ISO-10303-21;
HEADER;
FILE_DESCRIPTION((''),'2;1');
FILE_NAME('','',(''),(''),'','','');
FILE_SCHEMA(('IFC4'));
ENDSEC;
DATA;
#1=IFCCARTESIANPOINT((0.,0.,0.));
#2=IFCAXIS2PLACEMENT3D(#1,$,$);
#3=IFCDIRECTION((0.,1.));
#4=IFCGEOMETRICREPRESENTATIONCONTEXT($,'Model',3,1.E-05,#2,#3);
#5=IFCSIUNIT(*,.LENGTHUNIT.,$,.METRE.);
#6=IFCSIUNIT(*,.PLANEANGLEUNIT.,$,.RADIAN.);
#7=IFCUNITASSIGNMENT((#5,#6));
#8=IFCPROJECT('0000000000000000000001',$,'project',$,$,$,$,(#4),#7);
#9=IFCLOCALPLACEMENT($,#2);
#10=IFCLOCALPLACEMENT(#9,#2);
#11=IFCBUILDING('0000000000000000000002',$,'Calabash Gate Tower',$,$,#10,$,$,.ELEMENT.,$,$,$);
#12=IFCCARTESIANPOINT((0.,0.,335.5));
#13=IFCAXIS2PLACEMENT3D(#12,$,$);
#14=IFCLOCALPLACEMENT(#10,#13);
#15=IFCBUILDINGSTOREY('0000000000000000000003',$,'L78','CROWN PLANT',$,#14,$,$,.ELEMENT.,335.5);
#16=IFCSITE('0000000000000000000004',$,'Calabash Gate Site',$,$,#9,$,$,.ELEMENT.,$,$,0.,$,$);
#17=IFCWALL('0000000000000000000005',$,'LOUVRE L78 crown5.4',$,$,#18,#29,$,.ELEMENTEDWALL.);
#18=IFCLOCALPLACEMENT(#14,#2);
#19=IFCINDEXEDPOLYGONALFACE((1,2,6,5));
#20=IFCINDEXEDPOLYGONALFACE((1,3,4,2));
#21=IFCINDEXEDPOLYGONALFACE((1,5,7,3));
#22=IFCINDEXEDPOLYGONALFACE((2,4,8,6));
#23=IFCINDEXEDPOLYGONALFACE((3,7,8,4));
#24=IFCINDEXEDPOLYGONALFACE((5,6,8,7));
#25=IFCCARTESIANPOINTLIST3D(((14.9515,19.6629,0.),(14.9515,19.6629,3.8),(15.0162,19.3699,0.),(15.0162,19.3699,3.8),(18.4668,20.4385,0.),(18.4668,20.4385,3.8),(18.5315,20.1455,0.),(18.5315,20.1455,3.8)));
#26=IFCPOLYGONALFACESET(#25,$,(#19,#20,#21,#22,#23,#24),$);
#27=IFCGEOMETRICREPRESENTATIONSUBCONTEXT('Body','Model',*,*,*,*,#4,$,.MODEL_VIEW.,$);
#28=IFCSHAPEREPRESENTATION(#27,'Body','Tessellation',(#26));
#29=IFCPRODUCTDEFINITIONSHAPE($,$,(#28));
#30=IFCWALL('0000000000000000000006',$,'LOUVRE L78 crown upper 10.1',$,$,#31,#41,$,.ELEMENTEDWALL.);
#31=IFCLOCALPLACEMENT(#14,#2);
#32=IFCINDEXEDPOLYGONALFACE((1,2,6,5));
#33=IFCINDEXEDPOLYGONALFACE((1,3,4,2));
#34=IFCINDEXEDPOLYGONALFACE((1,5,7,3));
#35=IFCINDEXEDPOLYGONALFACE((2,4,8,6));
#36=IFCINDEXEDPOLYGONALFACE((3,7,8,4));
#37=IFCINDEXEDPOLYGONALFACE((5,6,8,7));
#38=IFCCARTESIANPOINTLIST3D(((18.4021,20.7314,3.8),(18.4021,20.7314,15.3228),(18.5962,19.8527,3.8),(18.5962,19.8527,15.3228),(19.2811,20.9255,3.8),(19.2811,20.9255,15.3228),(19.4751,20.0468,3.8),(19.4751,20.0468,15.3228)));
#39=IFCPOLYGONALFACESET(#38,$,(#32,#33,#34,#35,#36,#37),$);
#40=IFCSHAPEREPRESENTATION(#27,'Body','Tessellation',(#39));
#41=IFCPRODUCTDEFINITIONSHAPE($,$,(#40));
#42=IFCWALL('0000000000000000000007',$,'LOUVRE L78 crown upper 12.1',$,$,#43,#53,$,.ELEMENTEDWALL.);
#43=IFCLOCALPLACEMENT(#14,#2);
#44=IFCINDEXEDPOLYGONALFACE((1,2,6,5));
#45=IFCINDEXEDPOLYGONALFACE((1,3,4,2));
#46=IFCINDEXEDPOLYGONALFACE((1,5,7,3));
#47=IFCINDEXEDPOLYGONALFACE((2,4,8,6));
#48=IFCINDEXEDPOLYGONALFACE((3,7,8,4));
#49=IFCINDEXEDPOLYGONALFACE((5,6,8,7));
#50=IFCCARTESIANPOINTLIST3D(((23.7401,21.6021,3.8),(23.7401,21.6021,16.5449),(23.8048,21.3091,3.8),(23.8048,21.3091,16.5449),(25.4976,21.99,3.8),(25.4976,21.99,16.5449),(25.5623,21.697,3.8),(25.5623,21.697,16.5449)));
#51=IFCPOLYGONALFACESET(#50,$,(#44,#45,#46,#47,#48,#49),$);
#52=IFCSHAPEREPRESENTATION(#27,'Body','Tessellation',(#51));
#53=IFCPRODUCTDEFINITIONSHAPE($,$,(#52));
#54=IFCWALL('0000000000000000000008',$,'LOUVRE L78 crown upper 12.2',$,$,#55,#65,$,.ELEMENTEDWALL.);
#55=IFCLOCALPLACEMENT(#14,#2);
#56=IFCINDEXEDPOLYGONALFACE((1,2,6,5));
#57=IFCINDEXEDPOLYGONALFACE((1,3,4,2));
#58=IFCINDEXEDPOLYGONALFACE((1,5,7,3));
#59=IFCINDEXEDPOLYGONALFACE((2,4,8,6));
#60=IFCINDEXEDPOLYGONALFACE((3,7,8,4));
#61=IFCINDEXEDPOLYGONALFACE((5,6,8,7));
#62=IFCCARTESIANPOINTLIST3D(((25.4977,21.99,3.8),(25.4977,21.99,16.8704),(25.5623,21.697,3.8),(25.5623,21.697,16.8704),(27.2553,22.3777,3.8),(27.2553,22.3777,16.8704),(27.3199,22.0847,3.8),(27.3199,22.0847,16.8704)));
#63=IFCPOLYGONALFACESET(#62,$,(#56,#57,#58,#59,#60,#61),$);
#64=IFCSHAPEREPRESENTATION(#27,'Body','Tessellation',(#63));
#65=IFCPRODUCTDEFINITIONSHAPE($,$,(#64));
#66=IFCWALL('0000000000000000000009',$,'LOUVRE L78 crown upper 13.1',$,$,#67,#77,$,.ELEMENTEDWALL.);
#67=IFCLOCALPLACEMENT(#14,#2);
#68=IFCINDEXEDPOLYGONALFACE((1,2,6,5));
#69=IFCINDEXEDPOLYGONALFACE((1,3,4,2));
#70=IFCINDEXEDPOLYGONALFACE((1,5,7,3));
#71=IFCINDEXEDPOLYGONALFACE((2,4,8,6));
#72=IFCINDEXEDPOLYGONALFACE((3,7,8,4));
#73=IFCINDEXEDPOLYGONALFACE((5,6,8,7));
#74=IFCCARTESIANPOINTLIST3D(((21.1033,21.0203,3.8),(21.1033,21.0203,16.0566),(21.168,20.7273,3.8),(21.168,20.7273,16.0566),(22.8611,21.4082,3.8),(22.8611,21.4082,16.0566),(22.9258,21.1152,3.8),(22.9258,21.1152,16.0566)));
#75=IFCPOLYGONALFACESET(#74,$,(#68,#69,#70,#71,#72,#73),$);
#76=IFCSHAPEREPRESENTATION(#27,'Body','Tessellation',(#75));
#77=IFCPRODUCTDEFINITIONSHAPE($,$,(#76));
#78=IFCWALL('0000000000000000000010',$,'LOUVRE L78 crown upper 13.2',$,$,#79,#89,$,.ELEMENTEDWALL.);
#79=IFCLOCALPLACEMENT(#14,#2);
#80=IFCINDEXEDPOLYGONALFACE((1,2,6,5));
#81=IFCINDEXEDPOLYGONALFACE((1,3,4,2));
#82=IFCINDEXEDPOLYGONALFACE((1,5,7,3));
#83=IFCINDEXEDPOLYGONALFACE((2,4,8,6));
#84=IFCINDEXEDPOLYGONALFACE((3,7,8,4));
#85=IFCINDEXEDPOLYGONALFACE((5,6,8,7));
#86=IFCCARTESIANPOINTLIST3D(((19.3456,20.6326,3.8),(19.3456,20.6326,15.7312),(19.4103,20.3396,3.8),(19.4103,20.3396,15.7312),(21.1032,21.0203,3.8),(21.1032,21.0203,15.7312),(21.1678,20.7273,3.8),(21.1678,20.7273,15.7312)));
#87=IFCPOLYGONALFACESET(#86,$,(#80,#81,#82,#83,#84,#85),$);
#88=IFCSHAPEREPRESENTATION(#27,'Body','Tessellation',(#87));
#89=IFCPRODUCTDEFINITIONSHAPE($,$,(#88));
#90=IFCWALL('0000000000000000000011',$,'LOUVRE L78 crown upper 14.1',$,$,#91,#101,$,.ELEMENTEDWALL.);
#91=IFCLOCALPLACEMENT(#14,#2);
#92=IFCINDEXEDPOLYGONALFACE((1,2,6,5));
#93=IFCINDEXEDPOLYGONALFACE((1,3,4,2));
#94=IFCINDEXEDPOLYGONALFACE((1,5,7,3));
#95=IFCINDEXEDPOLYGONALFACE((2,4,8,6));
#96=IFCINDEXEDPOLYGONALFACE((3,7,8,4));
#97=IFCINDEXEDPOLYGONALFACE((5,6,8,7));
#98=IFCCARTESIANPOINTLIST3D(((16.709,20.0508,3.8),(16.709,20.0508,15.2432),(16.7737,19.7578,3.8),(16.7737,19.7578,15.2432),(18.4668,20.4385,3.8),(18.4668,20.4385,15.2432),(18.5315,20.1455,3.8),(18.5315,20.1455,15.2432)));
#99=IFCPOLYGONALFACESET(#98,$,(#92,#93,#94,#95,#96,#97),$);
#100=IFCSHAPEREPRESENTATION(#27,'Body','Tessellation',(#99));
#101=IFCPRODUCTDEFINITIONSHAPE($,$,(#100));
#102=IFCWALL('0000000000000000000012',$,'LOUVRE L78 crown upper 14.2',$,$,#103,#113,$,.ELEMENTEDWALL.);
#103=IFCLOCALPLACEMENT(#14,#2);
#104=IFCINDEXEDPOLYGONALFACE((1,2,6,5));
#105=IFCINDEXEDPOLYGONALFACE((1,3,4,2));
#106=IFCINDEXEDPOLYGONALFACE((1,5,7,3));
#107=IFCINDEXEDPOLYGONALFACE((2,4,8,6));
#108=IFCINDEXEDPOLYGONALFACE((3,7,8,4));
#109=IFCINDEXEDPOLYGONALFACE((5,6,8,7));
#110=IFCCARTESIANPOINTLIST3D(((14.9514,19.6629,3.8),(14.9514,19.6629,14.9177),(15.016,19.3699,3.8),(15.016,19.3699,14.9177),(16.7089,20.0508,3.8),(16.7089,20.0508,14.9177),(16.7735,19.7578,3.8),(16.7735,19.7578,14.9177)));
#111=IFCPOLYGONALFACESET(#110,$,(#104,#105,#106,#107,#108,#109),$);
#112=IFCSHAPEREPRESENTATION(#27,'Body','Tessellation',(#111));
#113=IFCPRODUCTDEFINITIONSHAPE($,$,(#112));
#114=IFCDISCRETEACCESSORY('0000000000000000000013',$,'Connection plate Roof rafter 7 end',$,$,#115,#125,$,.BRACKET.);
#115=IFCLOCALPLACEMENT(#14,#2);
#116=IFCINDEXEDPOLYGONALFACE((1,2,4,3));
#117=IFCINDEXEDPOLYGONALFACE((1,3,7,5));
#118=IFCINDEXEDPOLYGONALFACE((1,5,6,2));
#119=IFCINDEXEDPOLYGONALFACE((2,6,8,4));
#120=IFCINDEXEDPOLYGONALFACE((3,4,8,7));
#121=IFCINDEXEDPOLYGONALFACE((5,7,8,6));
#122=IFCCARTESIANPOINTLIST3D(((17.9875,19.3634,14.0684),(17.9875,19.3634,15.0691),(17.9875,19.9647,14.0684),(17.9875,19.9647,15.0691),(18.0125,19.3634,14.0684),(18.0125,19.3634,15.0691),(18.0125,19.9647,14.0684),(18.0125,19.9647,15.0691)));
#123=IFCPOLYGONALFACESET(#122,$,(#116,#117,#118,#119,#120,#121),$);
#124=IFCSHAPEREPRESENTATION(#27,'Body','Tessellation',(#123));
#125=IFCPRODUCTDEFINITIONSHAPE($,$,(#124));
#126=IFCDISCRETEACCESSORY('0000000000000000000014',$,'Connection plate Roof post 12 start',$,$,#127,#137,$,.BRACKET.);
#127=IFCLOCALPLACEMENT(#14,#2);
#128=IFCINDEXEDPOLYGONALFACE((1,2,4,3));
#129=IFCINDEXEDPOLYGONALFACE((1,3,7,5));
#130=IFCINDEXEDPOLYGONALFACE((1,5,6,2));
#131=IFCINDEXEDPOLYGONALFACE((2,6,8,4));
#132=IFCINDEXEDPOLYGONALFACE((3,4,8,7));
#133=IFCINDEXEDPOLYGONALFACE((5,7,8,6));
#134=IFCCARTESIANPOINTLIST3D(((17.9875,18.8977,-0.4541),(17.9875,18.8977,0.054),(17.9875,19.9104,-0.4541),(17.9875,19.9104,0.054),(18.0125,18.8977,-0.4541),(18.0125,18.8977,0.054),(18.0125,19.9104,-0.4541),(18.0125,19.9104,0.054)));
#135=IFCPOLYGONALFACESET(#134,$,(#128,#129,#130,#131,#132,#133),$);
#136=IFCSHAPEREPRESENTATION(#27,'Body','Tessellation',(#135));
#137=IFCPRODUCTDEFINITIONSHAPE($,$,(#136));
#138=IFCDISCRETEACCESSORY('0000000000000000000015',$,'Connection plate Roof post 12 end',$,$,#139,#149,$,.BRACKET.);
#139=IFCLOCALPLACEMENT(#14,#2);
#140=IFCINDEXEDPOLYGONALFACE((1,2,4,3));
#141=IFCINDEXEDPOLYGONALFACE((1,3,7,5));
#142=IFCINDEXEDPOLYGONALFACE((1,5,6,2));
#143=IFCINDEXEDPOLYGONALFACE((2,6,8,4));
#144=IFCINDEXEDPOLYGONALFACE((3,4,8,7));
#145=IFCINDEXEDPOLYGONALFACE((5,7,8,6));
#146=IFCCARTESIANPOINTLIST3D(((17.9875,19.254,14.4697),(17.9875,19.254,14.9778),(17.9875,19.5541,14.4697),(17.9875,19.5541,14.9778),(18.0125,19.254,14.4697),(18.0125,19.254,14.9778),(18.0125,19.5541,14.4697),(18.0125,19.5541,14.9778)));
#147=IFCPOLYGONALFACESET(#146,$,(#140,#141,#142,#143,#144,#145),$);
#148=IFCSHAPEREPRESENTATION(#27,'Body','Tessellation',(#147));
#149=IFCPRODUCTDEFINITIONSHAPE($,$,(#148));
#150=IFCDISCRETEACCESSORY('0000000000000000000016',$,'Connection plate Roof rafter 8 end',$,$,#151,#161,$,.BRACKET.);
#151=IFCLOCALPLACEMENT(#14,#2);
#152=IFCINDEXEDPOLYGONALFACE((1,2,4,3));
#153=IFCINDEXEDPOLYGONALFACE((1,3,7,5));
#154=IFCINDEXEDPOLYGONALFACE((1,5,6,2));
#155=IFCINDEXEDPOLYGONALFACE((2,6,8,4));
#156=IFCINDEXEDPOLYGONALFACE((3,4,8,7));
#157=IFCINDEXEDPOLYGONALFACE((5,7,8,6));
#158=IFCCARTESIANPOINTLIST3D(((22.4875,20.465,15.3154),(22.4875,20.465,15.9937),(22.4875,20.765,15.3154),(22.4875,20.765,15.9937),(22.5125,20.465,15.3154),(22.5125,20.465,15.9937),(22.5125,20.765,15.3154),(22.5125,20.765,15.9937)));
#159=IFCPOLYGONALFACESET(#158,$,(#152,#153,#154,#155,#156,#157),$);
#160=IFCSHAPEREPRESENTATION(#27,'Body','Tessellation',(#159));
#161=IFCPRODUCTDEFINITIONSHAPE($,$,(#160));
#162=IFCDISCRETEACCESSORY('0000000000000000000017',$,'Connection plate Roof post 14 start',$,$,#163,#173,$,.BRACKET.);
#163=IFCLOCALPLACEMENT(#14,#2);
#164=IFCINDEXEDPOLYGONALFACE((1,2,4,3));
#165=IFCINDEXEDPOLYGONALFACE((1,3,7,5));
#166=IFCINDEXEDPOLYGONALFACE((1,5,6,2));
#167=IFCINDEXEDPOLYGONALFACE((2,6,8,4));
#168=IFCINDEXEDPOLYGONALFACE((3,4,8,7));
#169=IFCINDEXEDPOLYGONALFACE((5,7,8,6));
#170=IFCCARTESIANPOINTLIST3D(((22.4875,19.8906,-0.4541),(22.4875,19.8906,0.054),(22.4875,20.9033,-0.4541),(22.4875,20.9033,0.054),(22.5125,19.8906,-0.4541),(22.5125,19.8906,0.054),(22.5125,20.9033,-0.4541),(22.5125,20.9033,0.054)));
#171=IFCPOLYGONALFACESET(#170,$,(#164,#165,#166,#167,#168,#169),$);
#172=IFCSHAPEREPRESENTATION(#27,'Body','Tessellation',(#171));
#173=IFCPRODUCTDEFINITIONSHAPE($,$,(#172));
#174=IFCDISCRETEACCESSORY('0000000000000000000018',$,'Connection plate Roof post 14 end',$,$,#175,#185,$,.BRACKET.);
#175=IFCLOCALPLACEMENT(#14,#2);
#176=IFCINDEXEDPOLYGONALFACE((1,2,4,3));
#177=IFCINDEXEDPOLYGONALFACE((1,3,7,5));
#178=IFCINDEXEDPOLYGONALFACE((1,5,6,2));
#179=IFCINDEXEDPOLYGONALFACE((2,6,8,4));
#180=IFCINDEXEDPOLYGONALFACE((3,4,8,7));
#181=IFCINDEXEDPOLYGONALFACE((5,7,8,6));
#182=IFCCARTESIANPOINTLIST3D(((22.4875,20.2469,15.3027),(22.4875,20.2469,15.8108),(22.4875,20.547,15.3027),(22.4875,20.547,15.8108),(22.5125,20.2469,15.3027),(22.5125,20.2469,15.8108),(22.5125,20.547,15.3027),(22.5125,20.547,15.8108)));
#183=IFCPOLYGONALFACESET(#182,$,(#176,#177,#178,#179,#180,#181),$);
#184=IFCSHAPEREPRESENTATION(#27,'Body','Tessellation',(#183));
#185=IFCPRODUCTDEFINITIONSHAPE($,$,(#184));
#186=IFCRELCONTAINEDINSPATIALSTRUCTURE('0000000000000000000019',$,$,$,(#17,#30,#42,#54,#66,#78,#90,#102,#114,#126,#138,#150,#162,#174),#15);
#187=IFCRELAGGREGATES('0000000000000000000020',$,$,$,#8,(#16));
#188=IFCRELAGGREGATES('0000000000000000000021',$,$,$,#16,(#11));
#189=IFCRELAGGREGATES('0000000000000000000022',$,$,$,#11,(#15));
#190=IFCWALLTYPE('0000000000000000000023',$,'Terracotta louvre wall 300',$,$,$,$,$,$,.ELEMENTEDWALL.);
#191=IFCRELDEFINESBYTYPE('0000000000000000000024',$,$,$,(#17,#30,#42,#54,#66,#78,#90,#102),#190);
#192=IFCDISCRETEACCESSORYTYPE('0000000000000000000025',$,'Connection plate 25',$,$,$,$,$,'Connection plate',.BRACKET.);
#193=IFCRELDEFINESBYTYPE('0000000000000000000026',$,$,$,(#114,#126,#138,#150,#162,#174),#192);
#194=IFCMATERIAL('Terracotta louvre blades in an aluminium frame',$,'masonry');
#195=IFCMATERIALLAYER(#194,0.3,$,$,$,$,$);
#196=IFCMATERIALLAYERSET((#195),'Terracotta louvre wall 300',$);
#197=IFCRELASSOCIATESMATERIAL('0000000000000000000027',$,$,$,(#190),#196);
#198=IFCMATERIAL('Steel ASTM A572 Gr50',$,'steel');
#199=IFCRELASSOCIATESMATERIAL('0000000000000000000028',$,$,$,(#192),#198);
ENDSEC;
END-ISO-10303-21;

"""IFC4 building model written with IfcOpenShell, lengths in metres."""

from ifc_helpers import new_model, si_unit, direction, frame, frame_2d, origin, origin_2d, place, context, subcontext, project, spatial, rectangle, extrude, material, layer, layer_set, type_object, element, save


model = new_model("IFC4")

# Units and contexts
model_context = context("Model", 3, precision=1e-05, world=origin(), true_north=direction((0.0, 1.0)))
body_context = subcontext(model_context, "Body", "Model", "MODEL_VIEW")
ifc_project = project(units=[si_unit("LENGTHUNIT", "METRE"), si_unit("PLANEANGLEUNIT", "RADIAN")], contexts=[model_context])

# Site, building, storey
site_placement = place(None, origin())
site = spatial("IfcSite", under=ifc_project, at=site_placement, Name="Calabash Gate Site", CompositionType="ELEMENT", RefElevation=0.0)
building_placement = place(site_placement, origin())
building = spatial("IfcBuilding", under=site, at=building_placement, Name="Calabash Gate Tower", CompositionType="ELEMENT")
storey_placement = place(building_placement, frame((0.0, 0.0, 335.5)))
storey = spatial("IfcBuildingStorey", under=building, at=storey_placement, Name="L78", Description="CROWN PLANT", CompositionType="ELEMENT", Elevation=335.5)

# Walls
ifc_material_1 = material(Name="Terracotta louvre blades in an aluminium frame", Category="masonry")
ifc_layer_1 = layer(ifc_material_1, 0.3)
ifc_layer_set_1 = layer_set([ifc_layer_1], Name="Terracotta louvre wall 300")
wall_type_1 = type_object("IfcWallType", Name="Terracotta louvre wall 300", PredefinedType="ELEMENTEDWALL", material=ifc_layer_set_1)
for number, where, z_axis, x_axis, name in (
    (1, (18.499, 20.292, 0.0), (0.0, 0.0, 1.0), (-0.976513, -0.215458, 0.0), "LOUVRE L78 crown5.4"),
):
    element("IfcWall", number, at=place(storey_placement, frame(where, z_axis=z_axis, x_axis=x_axis)), inside=storey, type_object=wall_type_1, Name=name, PredefinedType="ELEMENTEDWALL", context=body_context, shape_type="SweptSolid", body=[
        extrude(rectangle(XDim=3.5999, YDim=0.3, at=frame_2d((1.7998, 0.0))), origin(), (0.0, 0.0, 1.0), 3.8),
    ])
wall_1_placement = place(storey_placement, frame((18.499, 20.292, 3.8), z_axis=(0.0, 0.0, 1.0), x_axis=(0.976473, 0.215638, 0.0)))
element("IfcWall", 2, at=wall_1_placement, inside=storey, type_object=wall_type_1, Name="LOUVRE L78 crown upper 10.1", PredefinedType="ELEMENTEDWALL", context=body_context, shape_type="SweptSolid", body=[
    extrude(rectangle(XDim=0.9001, YDim=0.8999, at=frame_2d((0.4502, 0.0))), origin(), (0.0, 0.0, 1.0), 11.5227),
])
wall_2_placement = place(storey_placement, frame((23.7725, 21.4556, 3.8), z_axis=(0.0, 0.0, 1.0), x_axis=(0.976496, 0.215537, 0.0)))
element("IfcWall", 3, at=wall_2_placement, inside=storey, type_object=wall_type_1, Name="LOUVRE L78 crown upper 12.1", PredefinedType="ELEMENTEDWALL", context=body_context, shape_type="SweptSolid", body=[
    extrude(rectangle(XDim=1.7998, YDim=0.3, at=frame_2d((0.8999, 0.0))), origin(), (0.0, 0.0, 1.0), 12.7449),
])
wall_3_placement = place(storey_placement, frame((25.53, 21.8435, 3.8), z_axis=(0.0, 0.0, 1.0), x_axis=(0.976524, 0.215408, 0.0)))
element("IfcWall", 4, at=wall_3_placement, inside=storey, type_object=wall_type_1, Name="LOUVRE L78 crown upper 12.2", PredefinedType="ELEMENTEDWALL", context=body_context, shape_type="SweptSolid", body=[
    extrude(rectangle(XDim=1.7998, YDim=0.3, at=frame_2d((0.8999, 0.0))), origin(), (0.0, 0.0, 1.0), 13.0703),
])
wall_4_placement = place(storey_placement, frame((22.8933, 21.2617, 3.8), z_axis=(0.0, 0.0, 1.0), x_axis=(-0.976502, -0.215509, 0.0)))
element("IfcWall", 5, at=wall_4_placement, inside=storey, type_object=wall_type_1, Name="LOUVRE L78 crown upper 13.1", PredefinedType="ELEMENTEDWALL", context=body_context, shape_type="SweptSolid", body=[
    extrude(rectangle(XDim=1.8, YDim=0.3, at=frame_2d((0.8999, 0.0))), origin(), (0.0, 0.0, 1.0), 12.2566),
])
wall_5_placement = place(storey_placement, frame((21.1355, 20.8738, 3.8), z_axis=(0.0, 0.0, 1.0), x_axis=(-0.976524, -0.215408, 0.0)))
element("IfcWall", 6, at=wall_5_placement, inside=storey, type_object=wall_type_1, Name="LOUVRE L78 crown upper 13.2", PredefinedType="ELEMENTEDWALL", context=body_context, shape_type="SweptSolid", body=[
    extrude(rectangle(XDim=1.7998, YDim=0.3, at=frame_2d((0.8999, 0.0))), origin(), (0.0, 0.0, 1.0), 11.9312),
])
wall_6_placement = place(storey_placement, frame((18.499, 20.292, 3.8), z_axis=(0.0, 0.0, 1.0), x_axis=(-0.97653, -0.215379, 0.0)))
element("IfcWall", 7, at=wall_6_placement, inside=storey, type_object=wall_type_1, Name="LOUVRE L78 crown upper 14.1", PredefinedType="ELEMENTEDWALL", context=body_context, shape_type="SweptSolid", body=[
    extrude(rectangle(XDim=1.8, YDim=0.3, at=frame_2d((0.8999, 0.0))), origin(), (0.0, 0.0, 1.0), 11.4431),
])
wall_7_placement = place(storey_placement, frame((16.7412, 19.9043, 3.8), z_axis=(0.0, 0.0, 1.0), x_axis=(-0.976496, -0.215537, 0.0)))
element("IfcWall", 8, at=wall_7_placement, inside=storey, type_object=wall_type_1, Name="LOUVRE L78 crown upper 14.2", PredefinedType="ELEMENTEDWALL", context=body_context, shape_type="SweptSolid", body=[
    extrude(rectangle(XDim=1.7998, YDim=0.3, at=frame_2d((0.8999, 0.0))), origin(), (0.0, 0.0, 1.0), 11.1177),
])

# Discrete accessories
ifc_material_2 = material(Name="Steel ASTM A572 Gr50", Category="steel")
discrete_accessory_type = type_object("IfcDiscreteAccessoryType", Name="Connection plate 25", ElementType="Connection plate", PredefinedType="BRACKET", material=ifc_material_2)
discrete_accessory_1_placement = place(storey_placement, frame((18.0, 19.6641, 14.0684), z_axis=(0.0, 0.0, 1.0), x_axis=(0.0, 1.0, 0.0)))
element("IfcDiscreteAccessory", 9, at=discrete_accessory_1_placement, inside=storey, type_object=discrete_accessory_type, Name="Connection plate Roof rafter 7 end", PredefinedType="BRACKET", context=body_context, shape_type="SweptSolid", body=[
    extrude(rectangle(XDim=0.6013, YDim=0.0249, at=origin_2d()), origin(), (0.0, 0.0, 1.0), 1.0007),
])
discrete_accessory_2_placement = place(storey_placement, frame((18.0, 19.4041, -0.4541), z_axis=(0.0, 0.0, 1.0), x_axis=(0.0, 1.0, 0.0)))
element("IfcDiscreteAccessory", 10, at=discrete_accessory_2_placement, inside=storey, type_object=discrete_accessory_type, Name="Connection plate Roof post 12 start", PredefinedType="BRACKET", context=body_context, shape_type="SweptSolid", body=[
    extrude(rectangle(XDim=1.0127, YDim=0.0249, at=origin_2d()), origin(), (0.0, 0.0, 1.0), 0.5081),
])
discrete_accessory_3_placement = place(storey_placement, frame((18.0, 19.4041, 14.4697), z_axis=(0.0, 0.0, 1.0), x_axis=(0.0, 1.0, 0.0)))
element("IfcDiscreteAccessory", 11, at=discrete_accessory_3_placement, inside=storey, type_object=discrete_accessory_type, Name="Connection plate Roof post 12 end", PredefinedType="BRACKET", context=body_context, shape_type="SweptSolid", body=[
    extrude(rectangle(XDim=0.3, YDim=0.0249, at=origin_2d()), origin(), (0.0, 0.0, 1.0), 0.5081),
])
discrete_accessory_4_placement = place(storey_placement, frame((22.5, 20.615, 15.3154), z_axis=(0.0, 0.0, 1.0), x_axis=(0.0, 1.0, 0.0)))
element("IfcDiscreteAccessory", 12, at=discrete_accessory_4_placement, inside=storey, type_object=discrete_accessory_type, Name="Connection plate Roof rafter 8 end", PredefinedType="BRACKET", context=body_context, shape_type="SweptSolid", body=[
    extrude(rectangle(XDim=0.3, YDim=0.0249, at=origin_2d()), origin(), (0.0, 0.0, 1.0), 0.6782),
])
discrete_accessory_5_placement = place(storey_placement, frame((22.5, 20.397, -0.4541), z_axis=(0.0, 0.0, 1.0), x_axis=(0.0, 1.0, 0.0)))
element("IfcDiscreteAccessory", 13, at=discrete_accessory_5_placement, inside=storey, type_object=discrete_accessory_type, Name="Connection plate Roof post 14 start", PredefinedType="BRACKET", context=body_context, shape_type="SweptSolid", body=[
    extrude(rectangle(XDim=1.0127, YDim=0.0249, at=origin_2d()), origin(), (0.0, 0.0, 1.0), 0.5081),
])
discrete_accessory_6_placement = place(storey_placement, frame((22.5, 20.397, 15.3027), z_axis=(0.0, 0.0, 1.0), x_axis=(0.0, 1.0, 0.0)))
element("IfcDiscreteAccessory", 14, at=discrete_accessory_6_placement, inside=storey, type_object=discrete_accessory_type, Name="Connection plate Roof post 14 end", PredefinedType="BRACKET", context=body_context, shape_type="SweptSolid", body=[
    extrude(rectangle(XDim=0.3, YDim=0.0249, at=origin_2d()), origin(), (0.0, 0.0, 1.0), 0.5081),
])

save(model, "model.ifc")
